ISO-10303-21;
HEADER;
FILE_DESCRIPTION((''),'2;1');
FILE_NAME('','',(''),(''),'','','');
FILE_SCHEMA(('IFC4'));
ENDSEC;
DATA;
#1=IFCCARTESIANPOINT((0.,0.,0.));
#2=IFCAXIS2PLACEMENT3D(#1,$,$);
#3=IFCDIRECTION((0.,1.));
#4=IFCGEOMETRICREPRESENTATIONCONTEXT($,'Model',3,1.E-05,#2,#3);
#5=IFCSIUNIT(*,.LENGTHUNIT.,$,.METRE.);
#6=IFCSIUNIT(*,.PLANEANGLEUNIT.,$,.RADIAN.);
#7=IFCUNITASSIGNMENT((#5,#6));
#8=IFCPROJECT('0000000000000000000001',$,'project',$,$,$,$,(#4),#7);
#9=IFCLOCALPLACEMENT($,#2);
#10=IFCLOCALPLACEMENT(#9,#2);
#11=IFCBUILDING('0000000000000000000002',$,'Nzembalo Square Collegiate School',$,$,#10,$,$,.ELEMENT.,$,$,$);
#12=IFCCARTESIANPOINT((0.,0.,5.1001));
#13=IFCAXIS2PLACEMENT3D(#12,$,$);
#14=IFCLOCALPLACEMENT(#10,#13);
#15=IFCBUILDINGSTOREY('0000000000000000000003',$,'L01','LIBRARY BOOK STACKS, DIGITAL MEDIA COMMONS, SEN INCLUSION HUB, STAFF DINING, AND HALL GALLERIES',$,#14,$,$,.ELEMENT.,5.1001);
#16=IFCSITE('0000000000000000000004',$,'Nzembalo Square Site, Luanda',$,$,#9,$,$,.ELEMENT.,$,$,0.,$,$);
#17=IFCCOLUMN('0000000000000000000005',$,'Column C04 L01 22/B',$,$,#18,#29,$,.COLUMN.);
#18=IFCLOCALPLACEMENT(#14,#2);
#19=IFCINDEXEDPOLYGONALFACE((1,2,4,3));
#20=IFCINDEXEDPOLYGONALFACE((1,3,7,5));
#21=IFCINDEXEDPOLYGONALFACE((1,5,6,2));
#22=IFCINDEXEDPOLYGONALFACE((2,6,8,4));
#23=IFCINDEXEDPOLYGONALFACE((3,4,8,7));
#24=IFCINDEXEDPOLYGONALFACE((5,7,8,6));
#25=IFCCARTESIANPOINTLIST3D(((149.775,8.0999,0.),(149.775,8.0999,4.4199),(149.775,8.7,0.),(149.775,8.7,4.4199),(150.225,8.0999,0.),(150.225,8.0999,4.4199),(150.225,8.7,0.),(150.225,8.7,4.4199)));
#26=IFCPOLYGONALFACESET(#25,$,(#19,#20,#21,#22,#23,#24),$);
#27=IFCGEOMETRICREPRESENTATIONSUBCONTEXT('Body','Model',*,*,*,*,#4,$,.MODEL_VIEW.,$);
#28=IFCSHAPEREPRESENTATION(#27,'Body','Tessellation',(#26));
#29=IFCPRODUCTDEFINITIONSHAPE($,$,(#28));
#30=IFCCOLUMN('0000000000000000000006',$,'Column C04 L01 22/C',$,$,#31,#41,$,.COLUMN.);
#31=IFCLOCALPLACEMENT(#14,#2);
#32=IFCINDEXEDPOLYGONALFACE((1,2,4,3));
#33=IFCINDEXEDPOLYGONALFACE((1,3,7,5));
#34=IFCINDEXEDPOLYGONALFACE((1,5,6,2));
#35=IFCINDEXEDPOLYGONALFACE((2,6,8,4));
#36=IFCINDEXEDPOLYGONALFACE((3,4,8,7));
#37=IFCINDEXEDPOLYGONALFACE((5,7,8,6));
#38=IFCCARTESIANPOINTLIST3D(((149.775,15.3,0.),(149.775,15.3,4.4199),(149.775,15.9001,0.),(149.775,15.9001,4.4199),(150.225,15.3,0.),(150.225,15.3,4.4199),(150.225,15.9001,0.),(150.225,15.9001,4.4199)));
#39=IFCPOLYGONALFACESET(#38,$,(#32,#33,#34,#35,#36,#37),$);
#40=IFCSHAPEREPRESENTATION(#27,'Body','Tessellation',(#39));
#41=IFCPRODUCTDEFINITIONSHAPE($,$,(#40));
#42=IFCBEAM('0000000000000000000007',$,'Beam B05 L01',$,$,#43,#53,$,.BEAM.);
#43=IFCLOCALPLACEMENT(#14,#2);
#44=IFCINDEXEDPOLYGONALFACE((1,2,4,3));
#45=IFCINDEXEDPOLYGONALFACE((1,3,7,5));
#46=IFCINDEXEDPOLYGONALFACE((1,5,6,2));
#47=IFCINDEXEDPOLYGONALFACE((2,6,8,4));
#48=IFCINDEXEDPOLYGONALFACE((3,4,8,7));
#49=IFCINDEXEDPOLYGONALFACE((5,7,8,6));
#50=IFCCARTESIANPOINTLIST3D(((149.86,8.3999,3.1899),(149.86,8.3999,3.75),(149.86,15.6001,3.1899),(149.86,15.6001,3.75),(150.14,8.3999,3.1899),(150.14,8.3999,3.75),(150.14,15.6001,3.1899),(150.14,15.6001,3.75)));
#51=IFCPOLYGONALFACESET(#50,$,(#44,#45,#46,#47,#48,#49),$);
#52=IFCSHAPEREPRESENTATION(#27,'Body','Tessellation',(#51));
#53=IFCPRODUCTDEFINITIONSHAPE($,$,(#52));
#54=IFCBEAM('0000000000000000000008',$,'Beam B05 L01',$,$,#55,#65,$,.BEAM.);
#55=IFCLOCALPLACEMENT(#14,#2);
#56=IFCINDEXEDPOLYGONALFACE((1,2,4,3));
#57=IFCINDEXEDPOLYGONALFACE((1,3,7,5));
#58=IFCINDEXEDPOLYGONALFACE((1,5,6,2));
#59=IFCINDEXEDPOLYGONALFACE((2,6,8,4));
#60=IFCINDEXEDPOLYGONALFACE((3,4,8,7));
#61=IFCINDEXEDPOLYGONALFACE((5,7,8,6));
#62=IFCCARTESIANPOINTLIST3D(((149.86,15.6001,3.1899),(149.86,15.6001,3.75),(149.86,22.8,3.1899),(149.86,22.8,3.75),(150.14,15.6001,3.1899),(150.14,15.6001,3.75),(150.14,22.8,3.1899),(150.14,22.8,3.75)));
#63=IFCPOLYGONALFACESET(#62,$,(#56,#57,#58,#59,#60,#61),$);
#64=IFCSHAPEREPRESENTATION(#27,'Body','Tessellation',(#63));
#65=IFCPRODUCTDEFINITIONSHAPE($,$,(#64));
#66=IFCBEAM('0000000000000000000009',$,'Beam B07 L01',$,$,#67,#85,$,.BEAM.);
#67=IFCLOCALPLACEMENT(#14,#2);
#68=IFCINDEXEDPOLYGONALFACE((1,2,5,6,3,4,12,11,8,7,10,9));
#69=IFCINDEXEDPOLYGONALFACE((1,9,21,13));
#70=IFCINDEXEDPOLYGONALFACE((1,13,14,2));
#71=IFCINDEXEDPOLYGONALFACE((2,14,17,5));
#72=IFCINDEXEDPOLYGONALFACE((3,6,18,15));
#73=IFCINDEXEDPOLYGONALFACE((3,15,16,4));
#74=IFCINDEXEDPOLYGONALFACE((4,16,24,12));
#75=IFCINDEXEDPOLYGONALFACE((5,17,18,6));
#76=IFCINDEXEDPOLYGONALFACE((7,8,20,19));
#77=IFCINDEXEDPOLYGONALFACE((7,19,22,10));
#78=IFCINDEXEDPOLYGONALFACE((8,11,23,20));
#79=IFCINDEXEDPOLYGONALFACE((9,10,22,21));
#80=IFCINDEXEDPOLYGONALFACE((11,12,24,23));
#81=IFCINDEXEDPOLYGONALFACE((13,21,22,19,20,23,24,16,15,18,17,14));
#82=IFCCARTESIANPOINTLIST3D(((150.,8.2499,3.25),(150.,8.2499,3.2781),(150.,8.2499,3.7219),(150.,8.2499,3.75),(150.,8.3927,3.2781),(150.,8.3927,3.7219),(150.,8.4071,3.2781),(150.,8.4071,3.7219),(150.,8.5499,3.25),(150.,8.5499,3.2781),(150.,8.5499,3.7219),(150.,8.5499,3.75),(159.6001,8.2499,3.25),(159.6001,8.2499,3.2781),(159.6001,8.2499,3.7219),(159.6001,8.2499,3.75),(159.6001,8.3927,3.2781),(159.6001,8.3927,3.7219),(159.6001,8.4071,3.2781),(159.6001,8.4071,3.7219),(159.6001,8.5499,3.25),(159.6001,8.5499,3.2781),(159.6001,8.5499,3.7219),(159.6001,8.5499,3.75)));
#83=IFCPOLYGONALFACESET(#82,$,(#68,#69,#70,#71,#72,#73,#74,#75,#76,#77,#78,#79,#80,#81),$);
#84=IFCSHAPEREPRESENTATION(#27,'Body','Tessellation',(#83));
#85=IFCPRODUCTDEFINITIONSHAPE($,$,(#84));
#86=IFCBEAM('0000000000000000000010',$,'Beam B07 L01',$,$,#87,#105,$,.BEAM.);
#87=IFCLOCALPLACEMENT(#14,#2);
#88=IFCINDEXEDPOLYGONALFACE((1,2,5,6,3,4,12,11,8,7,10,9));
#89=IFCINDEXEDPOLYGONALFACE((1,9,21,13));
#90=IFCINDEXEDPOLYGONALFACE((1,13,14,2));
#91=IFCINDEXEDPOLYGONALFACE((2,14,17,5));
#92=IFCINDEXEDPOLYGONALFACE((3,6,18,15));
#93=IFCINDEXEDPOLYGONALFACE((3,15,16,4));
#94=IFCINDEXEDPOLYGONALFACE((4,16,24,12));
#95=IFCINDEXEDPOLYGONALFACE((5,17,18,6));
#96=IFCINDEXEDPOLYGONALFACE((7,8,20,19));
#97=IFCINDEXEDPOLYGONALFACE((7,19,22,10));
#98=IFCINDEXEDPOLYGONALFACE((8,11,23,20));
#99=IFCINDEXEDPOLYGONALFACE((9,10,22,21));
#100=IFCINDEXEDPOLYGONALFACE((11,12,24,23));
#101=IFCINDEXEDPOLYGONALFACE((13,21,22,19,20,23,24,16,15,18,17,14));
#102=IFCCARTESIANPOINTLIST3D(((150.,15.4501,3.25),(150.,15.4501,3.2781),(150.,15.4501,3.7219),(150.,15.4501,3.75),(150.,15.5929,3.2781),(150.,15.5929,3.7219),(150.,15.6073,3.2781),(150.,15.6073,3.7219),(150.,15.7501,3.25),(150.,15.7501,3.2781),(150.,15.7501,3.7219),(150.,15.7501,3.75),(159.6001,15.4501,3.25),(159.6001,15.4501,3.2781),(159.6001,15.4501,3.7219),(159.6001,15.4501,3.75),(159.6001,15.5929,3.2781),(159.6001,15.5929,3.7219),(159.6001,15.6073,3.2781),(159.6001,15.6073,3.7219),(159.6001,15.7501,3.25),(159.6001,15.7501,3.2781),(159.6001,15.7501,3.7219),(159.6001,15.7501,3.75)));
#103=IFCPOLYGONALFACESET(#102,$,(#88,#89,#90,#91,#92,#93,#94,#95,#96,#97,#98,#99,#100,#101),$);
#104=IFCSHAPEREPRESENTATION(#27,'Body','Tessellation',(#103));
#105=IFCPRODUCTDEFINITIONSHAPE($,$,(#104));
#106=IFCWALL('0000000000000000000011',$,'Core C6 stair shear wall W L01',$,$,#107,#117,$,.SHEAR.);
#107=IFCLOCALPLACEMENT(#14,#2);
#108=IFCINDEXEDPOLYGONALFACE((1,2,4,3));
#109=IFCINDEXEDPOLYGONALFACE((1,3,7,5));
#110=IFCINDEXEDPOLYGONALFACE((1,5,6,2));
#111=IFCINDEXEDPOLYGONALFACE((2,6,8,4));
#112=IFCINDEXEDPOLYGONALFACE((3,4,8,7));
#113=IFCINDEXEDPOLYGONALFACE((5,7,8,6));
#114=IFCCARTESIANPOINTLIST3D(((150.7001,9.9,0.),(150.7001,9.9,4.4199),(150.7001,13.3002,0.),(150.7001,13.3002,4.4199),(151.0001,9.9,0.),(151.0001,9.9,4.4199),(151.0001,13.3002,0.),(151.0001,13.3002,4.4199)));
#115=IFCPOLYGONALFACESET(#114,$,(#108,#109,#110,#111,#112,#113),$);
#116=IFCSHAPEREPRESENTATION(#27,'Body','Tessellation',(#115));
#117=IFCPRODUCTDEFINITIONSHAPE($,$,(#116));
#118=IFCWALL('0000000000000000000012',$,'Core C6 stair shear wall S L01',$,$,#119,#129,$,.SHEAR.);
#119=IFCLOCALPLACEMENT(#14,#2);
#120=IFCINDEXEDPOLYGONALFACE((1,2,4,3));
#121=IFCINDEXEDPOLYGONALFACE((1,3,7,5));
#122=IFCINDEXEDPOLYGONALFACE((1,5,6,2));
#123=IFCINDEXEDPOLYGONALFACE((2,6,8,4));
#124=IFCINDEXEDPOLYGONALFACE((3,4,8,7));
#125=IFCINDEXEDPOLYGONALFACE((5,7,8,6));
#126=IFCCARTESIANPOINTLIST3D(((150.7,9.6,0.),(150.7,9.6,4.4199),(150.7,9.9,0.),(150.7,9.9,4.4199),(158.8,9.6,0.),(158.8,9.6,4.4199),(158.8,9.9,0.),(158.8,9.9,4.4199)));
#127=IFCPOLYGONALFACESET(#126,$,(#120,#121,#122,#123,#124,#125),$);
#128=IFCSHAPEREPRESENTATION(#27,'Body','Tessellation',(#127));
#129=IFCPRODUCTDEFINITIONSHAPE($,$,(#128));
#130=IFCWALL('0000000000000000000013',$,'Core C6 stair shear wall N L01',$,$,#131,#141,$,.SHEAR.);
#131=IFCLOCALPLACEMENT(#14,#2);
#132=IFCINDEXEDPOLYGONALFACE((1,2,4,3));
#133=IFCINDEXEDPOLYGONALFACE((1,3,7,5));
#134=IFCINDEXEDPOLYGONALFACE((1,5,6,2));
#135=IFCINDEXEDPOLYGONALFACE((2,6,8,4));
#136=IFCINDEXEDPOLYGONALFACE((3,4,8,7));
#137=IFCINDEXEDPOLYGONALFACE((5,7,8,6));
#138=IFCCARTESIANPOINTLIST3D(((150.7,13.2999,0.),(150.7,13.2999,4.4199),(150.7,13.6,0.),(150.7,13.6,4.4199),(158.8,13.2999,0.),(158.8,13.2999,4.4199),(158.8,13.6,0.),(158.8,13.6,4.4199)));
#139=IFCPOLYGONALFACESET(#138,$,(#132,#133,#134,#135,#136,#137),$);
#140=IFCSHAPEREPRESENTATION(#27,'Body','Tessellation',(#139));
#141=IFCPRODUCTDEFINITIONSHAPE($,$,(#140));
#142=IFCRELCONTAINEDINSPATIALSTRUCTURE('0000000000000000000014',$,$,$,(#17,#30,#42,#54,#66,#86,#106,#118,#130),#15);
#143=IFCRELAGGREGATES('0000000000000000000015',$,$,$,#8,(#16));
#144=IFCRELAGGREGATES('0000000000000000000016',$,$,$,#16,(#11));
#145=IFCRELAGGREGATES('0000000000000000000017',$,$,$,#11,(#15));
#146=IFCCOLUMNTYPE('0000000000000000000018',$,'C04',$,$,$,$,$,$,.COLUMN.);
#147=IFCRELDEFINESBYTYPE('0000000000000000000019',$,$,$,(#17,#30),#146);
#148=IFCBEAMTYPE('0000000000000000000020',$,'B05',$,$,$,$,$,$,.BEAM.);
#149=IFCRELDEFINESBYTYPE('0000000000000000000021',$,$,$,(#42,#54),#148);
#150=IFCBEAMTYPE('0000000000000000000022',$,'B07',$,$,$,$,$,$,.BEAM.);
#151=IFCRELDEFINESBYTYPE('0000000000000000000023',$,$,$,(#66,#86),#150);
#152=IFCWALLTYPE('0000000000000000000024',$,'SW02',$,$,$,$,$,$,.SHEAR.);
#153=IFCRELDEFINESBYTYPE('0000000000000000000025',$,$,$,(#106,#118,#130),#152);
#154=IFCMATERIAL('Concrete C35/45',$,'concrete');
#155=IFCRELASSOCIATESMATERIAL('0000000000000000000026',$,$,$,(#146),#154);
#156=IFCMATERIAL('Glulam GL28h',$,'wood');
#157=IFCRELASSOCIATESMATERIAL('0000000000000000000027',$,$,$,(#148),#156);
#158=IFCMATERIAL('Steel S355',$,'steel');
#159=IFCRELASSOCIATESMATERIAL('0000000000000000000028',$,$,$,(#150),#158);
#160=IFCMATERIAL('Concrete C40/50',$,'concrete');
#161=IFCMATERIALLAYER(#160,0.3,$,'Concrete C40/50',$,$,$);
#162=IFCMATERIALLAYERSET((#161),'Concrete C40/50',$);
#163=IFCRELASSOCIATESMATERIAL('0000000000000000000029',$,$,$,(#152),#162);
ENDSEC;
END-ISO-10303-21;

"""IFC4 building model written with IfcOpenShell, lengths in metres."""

from ifc_helpers import new_model, si_unit, direction, frame, frame_2d, origin, origin_2d, place, context, subcontext, project, spatial, rectangle, i_section, extrude, material, layer, layer_set, material_profile, profile_set, type_object, element, save


model = new_model("IFC4")

# Units and contexts
model_context = context("Model", 3, precision=1e-05, world=origin(), true_north=direction((0.0, 1.0)))
body_context = subcontext(model_context, "Body", "Model", "MODEL_VIEW")
ifc_project = project(units=[si_unit("LENGTHUNIT", "METRE"), si_unit("PLANEANGLEUNIT", "RADIAN")], contexts=[model_context])

# Site, building, storey
site_placement = place(None, origin())
site = spatial("IfcSite", under=ifc_project, at=site_placement, Name="Nzembalo Square Site, Luanda", CompositionType="ELEMENT", RefElevation=0.0)
building_placement = place(site_placement, origin())
building = spatial("IfcBuilding", under=site, at=building_placement, Name="Nzembalo Square Collegiate School", CompositionType="ELEMENT")
storey_placement = place(building_placement, frame((0.0, 0.0, 5.1001)))
storey = spatial("IfcBuildingStorey", under=building, at=storey_placement, Name="L01", Description="LIBRARY BOOK STACKS, DIGITAL MEDIA COMMONS, SEN INCLUSION HUB, STAFF DINING, AND HALL GALLERIES", CompositionType="ELEMENT", Elevation=5.1001)

# Columns
ifc_material_1 = material(Name="Concrete C35/45", Category="concrete")
ifc_material_profile_1 = material_profile(ifc_material_1, rectangle(XDim=0.45, YDim=0.6001, at=origin_2d()), Name="RC 450x600")
ifc_profile_set_1 = profile_set([ifc_material_profile_1], Name="Concrete C35/45")
column_type = type_object("IfcColumnType", Name="C04", PredefinedType="COLUMN", material=ifc_profile_set_1)
for number, where, z_axis, x_axis, name in (
    (1, (150.0, 8.3999, 0.0), (0.0, 0.0, 1.0), (1.0, 0.0, 0.0), "Column C04 L01 22/B"),
    (2, (150.0, 15.6001, 0.0), (0.0, 0.0, 1.0), (1.0, 0.0, 0.0), "Column C04 L01 22/C"),
):
    element("IfcColumn", number, at=place(storey_placement, frame(where, z_axis=z_axis, x_axis=x_axis)), inside=storey, type_object=column_type, Name=name, PredefinedType="COLUMN", context=body_context, shape_type="SweptSolid", body=[
        extrude(rectangle(XDim=0.45, YDim=0.6001, at=origin_2d()), origin(), (0.0, 0.0, 1.0), 4.4199),
    ])

# Beams
ifc_material_2 = material(Name="Glulam GL28h", Category="wood")
ifc_material_profile_2 = material_profile(ifc_material_2, rectangle(XDim=0.28, YDim=0.5601, at=origin_2d()), Name="GL28h 280x560")
ifc_profile_set_2 = profile_set([ifc_material_profile_2], Name="Glulam GL28h")
beam_type_1 = type_object("IfcBeamType", Name="B05", PredefinedType="BEAM", material=ifc_profile_set_2)
beam_1_placement = place(storey_placement, frame((150.0, 8.3999, 3.47), z_axis=(0.0, 1.0, 0.0), x_axis=(-1.0, 0.0, 0.0)))
element("IfcBeam", 3, at=beam_1_placement, inside=storey, type_object=beam_type_1, Name="Beam B05 L01", PredefinedType="BEAM", context=body_context, shape_type="SweptSolid", body=[
    extrude(rectangle(XDim=0.28, YDim=0.5601, at=origin_2d()), origin(), (0.0, 0.0, 1.0), 7.2002),
])
beam_2_placement = place(storey_placement, frame((150.0, 15.6001, 3.47), z_axis=(0.0, 1.0, 0.0), x_axis=(-1.0, 0.0, 0.0)))
element("IfcBeam", 4, at=beam_2_placement, inside=storey, type_object=beam_type_1, Name="Beam B05 L01", PredefinedType="BEAM", context=body_context, shape_type="SweptSolid", body=[
    extrude(rectangle(XDim=0.28, YDim=0.5601, at=origin_2d()), origin(), (0.0, 0.0, 1.0), 7.2),
])
ifc_material_3 = material(Name="Steel S355", Category="steel")
ifc_material_profile_3 = material_profile(ifc_material_3, i_section(OverallWidth=0.3, OverallDepth=0.5, WebThickness=0.0144, FlangeThickness=0.0281, at=origin_2d()), Name="HEB 500")
ifc_profile_set_3 = profile_set([ifc_material_profile_3], Name="Steel S355")
beam_type_2 = type_object("IfcBeamType", Name="B07", PredefinedType="BEAM", material=ifc_profile_set_3)
for number, where, z_axis, x_axis, name in (
    (5, (150.0, 8.3999, 3.5), (1.0, 0.0, 0.0), (0.0, 1.0, 0.0), "Beam B07 L01"),
    (6, (150.0, 15.6001, 3.5), (1.0, 0.0, 0.0), (0.0, 1.0, 0.0), "Beam B07 L01"),
):
    element("IfcBeam", number, at=place(storey_placement, frame(where, z_axis=z_axis, x_axis=x_axis)), inside=storey, type_object=beam_type_2, Name=name, PredefinedType="BEAM", context=body_context, shape_type="SweptSolid", body=[
        extrude(i_section(OverallWidth=0.3, OverallDepth=0.5, WebThickness=0.0144, FlangeThickness=0.0281, at=origin_2d()), origin(), (0.0, 0.0, 1.0), 9.6001),
    ])

# Walls
ifc_material_4 = material(Name="Concrete C40/50", Category="concrete")
ifc_layer_1 = layer(ifc_material_4, 0.3, Name="Concrete C40/50")
ifc_layer_set_1 = layer_set([ifc_layer_1], Name="Concrete C40/50")
wall_type_1 = type_object("IfcWallType", Name="SW02", PredefinedType="SHEAR", material=ifc_layer_set_1)
wall_1_placement = place(storey_placement, frame((150.8501, 9.8999, 0.0), z_axis=(0.0, 0.0, 1.0), x_axis=(0.0, 1.0, 0.0)))
element("IfcWall", 7, at=wall_1_placement, inside=storey, type_object=wall_type_1, Name="Core C6 stair shear wall W L01", PredefinedType="SHEAR", context=body_context, shape_type="SweptSolid", body=[
    extrude(rectangle(XDim=3.4001, YDim=0.3, at=frame_2d((1.7002, 0.0))), origin(), (0.0, 0.0, 1.0), 4.4199),
])
for number, where, z_axis, x_axis, name in (
    (8, (150.7, 9.75, 0.0), (0.0, 0.0, 1.0), (1.0, 0.0, 0.0), "Core C6 stair shear wall S L01"),
    (9, (150.7, 13.45, 0.0), (0.0, 0.0, 1.0), (1.0, 0.0, 0.0), "Core C6 stair shear wall N L01"),
):
    element("IfcWall", number, at=place(storey_placement, frame(where, z_axis=z_axis, x_axis=x_axis)), inside=storey, type_object=wall_type_1, Name=name, PredefinedType="SHEAR", context=body_context, shape_type="SweptSolid", body=[
        extrude(rectangle(XDim=8.1001, YDim=0.3, at=frame_2d((4.05, 0.0))), origin(), (0.0, 0.0, 1.0), 4.4199),
    ])

save(model, "model.ifc")
